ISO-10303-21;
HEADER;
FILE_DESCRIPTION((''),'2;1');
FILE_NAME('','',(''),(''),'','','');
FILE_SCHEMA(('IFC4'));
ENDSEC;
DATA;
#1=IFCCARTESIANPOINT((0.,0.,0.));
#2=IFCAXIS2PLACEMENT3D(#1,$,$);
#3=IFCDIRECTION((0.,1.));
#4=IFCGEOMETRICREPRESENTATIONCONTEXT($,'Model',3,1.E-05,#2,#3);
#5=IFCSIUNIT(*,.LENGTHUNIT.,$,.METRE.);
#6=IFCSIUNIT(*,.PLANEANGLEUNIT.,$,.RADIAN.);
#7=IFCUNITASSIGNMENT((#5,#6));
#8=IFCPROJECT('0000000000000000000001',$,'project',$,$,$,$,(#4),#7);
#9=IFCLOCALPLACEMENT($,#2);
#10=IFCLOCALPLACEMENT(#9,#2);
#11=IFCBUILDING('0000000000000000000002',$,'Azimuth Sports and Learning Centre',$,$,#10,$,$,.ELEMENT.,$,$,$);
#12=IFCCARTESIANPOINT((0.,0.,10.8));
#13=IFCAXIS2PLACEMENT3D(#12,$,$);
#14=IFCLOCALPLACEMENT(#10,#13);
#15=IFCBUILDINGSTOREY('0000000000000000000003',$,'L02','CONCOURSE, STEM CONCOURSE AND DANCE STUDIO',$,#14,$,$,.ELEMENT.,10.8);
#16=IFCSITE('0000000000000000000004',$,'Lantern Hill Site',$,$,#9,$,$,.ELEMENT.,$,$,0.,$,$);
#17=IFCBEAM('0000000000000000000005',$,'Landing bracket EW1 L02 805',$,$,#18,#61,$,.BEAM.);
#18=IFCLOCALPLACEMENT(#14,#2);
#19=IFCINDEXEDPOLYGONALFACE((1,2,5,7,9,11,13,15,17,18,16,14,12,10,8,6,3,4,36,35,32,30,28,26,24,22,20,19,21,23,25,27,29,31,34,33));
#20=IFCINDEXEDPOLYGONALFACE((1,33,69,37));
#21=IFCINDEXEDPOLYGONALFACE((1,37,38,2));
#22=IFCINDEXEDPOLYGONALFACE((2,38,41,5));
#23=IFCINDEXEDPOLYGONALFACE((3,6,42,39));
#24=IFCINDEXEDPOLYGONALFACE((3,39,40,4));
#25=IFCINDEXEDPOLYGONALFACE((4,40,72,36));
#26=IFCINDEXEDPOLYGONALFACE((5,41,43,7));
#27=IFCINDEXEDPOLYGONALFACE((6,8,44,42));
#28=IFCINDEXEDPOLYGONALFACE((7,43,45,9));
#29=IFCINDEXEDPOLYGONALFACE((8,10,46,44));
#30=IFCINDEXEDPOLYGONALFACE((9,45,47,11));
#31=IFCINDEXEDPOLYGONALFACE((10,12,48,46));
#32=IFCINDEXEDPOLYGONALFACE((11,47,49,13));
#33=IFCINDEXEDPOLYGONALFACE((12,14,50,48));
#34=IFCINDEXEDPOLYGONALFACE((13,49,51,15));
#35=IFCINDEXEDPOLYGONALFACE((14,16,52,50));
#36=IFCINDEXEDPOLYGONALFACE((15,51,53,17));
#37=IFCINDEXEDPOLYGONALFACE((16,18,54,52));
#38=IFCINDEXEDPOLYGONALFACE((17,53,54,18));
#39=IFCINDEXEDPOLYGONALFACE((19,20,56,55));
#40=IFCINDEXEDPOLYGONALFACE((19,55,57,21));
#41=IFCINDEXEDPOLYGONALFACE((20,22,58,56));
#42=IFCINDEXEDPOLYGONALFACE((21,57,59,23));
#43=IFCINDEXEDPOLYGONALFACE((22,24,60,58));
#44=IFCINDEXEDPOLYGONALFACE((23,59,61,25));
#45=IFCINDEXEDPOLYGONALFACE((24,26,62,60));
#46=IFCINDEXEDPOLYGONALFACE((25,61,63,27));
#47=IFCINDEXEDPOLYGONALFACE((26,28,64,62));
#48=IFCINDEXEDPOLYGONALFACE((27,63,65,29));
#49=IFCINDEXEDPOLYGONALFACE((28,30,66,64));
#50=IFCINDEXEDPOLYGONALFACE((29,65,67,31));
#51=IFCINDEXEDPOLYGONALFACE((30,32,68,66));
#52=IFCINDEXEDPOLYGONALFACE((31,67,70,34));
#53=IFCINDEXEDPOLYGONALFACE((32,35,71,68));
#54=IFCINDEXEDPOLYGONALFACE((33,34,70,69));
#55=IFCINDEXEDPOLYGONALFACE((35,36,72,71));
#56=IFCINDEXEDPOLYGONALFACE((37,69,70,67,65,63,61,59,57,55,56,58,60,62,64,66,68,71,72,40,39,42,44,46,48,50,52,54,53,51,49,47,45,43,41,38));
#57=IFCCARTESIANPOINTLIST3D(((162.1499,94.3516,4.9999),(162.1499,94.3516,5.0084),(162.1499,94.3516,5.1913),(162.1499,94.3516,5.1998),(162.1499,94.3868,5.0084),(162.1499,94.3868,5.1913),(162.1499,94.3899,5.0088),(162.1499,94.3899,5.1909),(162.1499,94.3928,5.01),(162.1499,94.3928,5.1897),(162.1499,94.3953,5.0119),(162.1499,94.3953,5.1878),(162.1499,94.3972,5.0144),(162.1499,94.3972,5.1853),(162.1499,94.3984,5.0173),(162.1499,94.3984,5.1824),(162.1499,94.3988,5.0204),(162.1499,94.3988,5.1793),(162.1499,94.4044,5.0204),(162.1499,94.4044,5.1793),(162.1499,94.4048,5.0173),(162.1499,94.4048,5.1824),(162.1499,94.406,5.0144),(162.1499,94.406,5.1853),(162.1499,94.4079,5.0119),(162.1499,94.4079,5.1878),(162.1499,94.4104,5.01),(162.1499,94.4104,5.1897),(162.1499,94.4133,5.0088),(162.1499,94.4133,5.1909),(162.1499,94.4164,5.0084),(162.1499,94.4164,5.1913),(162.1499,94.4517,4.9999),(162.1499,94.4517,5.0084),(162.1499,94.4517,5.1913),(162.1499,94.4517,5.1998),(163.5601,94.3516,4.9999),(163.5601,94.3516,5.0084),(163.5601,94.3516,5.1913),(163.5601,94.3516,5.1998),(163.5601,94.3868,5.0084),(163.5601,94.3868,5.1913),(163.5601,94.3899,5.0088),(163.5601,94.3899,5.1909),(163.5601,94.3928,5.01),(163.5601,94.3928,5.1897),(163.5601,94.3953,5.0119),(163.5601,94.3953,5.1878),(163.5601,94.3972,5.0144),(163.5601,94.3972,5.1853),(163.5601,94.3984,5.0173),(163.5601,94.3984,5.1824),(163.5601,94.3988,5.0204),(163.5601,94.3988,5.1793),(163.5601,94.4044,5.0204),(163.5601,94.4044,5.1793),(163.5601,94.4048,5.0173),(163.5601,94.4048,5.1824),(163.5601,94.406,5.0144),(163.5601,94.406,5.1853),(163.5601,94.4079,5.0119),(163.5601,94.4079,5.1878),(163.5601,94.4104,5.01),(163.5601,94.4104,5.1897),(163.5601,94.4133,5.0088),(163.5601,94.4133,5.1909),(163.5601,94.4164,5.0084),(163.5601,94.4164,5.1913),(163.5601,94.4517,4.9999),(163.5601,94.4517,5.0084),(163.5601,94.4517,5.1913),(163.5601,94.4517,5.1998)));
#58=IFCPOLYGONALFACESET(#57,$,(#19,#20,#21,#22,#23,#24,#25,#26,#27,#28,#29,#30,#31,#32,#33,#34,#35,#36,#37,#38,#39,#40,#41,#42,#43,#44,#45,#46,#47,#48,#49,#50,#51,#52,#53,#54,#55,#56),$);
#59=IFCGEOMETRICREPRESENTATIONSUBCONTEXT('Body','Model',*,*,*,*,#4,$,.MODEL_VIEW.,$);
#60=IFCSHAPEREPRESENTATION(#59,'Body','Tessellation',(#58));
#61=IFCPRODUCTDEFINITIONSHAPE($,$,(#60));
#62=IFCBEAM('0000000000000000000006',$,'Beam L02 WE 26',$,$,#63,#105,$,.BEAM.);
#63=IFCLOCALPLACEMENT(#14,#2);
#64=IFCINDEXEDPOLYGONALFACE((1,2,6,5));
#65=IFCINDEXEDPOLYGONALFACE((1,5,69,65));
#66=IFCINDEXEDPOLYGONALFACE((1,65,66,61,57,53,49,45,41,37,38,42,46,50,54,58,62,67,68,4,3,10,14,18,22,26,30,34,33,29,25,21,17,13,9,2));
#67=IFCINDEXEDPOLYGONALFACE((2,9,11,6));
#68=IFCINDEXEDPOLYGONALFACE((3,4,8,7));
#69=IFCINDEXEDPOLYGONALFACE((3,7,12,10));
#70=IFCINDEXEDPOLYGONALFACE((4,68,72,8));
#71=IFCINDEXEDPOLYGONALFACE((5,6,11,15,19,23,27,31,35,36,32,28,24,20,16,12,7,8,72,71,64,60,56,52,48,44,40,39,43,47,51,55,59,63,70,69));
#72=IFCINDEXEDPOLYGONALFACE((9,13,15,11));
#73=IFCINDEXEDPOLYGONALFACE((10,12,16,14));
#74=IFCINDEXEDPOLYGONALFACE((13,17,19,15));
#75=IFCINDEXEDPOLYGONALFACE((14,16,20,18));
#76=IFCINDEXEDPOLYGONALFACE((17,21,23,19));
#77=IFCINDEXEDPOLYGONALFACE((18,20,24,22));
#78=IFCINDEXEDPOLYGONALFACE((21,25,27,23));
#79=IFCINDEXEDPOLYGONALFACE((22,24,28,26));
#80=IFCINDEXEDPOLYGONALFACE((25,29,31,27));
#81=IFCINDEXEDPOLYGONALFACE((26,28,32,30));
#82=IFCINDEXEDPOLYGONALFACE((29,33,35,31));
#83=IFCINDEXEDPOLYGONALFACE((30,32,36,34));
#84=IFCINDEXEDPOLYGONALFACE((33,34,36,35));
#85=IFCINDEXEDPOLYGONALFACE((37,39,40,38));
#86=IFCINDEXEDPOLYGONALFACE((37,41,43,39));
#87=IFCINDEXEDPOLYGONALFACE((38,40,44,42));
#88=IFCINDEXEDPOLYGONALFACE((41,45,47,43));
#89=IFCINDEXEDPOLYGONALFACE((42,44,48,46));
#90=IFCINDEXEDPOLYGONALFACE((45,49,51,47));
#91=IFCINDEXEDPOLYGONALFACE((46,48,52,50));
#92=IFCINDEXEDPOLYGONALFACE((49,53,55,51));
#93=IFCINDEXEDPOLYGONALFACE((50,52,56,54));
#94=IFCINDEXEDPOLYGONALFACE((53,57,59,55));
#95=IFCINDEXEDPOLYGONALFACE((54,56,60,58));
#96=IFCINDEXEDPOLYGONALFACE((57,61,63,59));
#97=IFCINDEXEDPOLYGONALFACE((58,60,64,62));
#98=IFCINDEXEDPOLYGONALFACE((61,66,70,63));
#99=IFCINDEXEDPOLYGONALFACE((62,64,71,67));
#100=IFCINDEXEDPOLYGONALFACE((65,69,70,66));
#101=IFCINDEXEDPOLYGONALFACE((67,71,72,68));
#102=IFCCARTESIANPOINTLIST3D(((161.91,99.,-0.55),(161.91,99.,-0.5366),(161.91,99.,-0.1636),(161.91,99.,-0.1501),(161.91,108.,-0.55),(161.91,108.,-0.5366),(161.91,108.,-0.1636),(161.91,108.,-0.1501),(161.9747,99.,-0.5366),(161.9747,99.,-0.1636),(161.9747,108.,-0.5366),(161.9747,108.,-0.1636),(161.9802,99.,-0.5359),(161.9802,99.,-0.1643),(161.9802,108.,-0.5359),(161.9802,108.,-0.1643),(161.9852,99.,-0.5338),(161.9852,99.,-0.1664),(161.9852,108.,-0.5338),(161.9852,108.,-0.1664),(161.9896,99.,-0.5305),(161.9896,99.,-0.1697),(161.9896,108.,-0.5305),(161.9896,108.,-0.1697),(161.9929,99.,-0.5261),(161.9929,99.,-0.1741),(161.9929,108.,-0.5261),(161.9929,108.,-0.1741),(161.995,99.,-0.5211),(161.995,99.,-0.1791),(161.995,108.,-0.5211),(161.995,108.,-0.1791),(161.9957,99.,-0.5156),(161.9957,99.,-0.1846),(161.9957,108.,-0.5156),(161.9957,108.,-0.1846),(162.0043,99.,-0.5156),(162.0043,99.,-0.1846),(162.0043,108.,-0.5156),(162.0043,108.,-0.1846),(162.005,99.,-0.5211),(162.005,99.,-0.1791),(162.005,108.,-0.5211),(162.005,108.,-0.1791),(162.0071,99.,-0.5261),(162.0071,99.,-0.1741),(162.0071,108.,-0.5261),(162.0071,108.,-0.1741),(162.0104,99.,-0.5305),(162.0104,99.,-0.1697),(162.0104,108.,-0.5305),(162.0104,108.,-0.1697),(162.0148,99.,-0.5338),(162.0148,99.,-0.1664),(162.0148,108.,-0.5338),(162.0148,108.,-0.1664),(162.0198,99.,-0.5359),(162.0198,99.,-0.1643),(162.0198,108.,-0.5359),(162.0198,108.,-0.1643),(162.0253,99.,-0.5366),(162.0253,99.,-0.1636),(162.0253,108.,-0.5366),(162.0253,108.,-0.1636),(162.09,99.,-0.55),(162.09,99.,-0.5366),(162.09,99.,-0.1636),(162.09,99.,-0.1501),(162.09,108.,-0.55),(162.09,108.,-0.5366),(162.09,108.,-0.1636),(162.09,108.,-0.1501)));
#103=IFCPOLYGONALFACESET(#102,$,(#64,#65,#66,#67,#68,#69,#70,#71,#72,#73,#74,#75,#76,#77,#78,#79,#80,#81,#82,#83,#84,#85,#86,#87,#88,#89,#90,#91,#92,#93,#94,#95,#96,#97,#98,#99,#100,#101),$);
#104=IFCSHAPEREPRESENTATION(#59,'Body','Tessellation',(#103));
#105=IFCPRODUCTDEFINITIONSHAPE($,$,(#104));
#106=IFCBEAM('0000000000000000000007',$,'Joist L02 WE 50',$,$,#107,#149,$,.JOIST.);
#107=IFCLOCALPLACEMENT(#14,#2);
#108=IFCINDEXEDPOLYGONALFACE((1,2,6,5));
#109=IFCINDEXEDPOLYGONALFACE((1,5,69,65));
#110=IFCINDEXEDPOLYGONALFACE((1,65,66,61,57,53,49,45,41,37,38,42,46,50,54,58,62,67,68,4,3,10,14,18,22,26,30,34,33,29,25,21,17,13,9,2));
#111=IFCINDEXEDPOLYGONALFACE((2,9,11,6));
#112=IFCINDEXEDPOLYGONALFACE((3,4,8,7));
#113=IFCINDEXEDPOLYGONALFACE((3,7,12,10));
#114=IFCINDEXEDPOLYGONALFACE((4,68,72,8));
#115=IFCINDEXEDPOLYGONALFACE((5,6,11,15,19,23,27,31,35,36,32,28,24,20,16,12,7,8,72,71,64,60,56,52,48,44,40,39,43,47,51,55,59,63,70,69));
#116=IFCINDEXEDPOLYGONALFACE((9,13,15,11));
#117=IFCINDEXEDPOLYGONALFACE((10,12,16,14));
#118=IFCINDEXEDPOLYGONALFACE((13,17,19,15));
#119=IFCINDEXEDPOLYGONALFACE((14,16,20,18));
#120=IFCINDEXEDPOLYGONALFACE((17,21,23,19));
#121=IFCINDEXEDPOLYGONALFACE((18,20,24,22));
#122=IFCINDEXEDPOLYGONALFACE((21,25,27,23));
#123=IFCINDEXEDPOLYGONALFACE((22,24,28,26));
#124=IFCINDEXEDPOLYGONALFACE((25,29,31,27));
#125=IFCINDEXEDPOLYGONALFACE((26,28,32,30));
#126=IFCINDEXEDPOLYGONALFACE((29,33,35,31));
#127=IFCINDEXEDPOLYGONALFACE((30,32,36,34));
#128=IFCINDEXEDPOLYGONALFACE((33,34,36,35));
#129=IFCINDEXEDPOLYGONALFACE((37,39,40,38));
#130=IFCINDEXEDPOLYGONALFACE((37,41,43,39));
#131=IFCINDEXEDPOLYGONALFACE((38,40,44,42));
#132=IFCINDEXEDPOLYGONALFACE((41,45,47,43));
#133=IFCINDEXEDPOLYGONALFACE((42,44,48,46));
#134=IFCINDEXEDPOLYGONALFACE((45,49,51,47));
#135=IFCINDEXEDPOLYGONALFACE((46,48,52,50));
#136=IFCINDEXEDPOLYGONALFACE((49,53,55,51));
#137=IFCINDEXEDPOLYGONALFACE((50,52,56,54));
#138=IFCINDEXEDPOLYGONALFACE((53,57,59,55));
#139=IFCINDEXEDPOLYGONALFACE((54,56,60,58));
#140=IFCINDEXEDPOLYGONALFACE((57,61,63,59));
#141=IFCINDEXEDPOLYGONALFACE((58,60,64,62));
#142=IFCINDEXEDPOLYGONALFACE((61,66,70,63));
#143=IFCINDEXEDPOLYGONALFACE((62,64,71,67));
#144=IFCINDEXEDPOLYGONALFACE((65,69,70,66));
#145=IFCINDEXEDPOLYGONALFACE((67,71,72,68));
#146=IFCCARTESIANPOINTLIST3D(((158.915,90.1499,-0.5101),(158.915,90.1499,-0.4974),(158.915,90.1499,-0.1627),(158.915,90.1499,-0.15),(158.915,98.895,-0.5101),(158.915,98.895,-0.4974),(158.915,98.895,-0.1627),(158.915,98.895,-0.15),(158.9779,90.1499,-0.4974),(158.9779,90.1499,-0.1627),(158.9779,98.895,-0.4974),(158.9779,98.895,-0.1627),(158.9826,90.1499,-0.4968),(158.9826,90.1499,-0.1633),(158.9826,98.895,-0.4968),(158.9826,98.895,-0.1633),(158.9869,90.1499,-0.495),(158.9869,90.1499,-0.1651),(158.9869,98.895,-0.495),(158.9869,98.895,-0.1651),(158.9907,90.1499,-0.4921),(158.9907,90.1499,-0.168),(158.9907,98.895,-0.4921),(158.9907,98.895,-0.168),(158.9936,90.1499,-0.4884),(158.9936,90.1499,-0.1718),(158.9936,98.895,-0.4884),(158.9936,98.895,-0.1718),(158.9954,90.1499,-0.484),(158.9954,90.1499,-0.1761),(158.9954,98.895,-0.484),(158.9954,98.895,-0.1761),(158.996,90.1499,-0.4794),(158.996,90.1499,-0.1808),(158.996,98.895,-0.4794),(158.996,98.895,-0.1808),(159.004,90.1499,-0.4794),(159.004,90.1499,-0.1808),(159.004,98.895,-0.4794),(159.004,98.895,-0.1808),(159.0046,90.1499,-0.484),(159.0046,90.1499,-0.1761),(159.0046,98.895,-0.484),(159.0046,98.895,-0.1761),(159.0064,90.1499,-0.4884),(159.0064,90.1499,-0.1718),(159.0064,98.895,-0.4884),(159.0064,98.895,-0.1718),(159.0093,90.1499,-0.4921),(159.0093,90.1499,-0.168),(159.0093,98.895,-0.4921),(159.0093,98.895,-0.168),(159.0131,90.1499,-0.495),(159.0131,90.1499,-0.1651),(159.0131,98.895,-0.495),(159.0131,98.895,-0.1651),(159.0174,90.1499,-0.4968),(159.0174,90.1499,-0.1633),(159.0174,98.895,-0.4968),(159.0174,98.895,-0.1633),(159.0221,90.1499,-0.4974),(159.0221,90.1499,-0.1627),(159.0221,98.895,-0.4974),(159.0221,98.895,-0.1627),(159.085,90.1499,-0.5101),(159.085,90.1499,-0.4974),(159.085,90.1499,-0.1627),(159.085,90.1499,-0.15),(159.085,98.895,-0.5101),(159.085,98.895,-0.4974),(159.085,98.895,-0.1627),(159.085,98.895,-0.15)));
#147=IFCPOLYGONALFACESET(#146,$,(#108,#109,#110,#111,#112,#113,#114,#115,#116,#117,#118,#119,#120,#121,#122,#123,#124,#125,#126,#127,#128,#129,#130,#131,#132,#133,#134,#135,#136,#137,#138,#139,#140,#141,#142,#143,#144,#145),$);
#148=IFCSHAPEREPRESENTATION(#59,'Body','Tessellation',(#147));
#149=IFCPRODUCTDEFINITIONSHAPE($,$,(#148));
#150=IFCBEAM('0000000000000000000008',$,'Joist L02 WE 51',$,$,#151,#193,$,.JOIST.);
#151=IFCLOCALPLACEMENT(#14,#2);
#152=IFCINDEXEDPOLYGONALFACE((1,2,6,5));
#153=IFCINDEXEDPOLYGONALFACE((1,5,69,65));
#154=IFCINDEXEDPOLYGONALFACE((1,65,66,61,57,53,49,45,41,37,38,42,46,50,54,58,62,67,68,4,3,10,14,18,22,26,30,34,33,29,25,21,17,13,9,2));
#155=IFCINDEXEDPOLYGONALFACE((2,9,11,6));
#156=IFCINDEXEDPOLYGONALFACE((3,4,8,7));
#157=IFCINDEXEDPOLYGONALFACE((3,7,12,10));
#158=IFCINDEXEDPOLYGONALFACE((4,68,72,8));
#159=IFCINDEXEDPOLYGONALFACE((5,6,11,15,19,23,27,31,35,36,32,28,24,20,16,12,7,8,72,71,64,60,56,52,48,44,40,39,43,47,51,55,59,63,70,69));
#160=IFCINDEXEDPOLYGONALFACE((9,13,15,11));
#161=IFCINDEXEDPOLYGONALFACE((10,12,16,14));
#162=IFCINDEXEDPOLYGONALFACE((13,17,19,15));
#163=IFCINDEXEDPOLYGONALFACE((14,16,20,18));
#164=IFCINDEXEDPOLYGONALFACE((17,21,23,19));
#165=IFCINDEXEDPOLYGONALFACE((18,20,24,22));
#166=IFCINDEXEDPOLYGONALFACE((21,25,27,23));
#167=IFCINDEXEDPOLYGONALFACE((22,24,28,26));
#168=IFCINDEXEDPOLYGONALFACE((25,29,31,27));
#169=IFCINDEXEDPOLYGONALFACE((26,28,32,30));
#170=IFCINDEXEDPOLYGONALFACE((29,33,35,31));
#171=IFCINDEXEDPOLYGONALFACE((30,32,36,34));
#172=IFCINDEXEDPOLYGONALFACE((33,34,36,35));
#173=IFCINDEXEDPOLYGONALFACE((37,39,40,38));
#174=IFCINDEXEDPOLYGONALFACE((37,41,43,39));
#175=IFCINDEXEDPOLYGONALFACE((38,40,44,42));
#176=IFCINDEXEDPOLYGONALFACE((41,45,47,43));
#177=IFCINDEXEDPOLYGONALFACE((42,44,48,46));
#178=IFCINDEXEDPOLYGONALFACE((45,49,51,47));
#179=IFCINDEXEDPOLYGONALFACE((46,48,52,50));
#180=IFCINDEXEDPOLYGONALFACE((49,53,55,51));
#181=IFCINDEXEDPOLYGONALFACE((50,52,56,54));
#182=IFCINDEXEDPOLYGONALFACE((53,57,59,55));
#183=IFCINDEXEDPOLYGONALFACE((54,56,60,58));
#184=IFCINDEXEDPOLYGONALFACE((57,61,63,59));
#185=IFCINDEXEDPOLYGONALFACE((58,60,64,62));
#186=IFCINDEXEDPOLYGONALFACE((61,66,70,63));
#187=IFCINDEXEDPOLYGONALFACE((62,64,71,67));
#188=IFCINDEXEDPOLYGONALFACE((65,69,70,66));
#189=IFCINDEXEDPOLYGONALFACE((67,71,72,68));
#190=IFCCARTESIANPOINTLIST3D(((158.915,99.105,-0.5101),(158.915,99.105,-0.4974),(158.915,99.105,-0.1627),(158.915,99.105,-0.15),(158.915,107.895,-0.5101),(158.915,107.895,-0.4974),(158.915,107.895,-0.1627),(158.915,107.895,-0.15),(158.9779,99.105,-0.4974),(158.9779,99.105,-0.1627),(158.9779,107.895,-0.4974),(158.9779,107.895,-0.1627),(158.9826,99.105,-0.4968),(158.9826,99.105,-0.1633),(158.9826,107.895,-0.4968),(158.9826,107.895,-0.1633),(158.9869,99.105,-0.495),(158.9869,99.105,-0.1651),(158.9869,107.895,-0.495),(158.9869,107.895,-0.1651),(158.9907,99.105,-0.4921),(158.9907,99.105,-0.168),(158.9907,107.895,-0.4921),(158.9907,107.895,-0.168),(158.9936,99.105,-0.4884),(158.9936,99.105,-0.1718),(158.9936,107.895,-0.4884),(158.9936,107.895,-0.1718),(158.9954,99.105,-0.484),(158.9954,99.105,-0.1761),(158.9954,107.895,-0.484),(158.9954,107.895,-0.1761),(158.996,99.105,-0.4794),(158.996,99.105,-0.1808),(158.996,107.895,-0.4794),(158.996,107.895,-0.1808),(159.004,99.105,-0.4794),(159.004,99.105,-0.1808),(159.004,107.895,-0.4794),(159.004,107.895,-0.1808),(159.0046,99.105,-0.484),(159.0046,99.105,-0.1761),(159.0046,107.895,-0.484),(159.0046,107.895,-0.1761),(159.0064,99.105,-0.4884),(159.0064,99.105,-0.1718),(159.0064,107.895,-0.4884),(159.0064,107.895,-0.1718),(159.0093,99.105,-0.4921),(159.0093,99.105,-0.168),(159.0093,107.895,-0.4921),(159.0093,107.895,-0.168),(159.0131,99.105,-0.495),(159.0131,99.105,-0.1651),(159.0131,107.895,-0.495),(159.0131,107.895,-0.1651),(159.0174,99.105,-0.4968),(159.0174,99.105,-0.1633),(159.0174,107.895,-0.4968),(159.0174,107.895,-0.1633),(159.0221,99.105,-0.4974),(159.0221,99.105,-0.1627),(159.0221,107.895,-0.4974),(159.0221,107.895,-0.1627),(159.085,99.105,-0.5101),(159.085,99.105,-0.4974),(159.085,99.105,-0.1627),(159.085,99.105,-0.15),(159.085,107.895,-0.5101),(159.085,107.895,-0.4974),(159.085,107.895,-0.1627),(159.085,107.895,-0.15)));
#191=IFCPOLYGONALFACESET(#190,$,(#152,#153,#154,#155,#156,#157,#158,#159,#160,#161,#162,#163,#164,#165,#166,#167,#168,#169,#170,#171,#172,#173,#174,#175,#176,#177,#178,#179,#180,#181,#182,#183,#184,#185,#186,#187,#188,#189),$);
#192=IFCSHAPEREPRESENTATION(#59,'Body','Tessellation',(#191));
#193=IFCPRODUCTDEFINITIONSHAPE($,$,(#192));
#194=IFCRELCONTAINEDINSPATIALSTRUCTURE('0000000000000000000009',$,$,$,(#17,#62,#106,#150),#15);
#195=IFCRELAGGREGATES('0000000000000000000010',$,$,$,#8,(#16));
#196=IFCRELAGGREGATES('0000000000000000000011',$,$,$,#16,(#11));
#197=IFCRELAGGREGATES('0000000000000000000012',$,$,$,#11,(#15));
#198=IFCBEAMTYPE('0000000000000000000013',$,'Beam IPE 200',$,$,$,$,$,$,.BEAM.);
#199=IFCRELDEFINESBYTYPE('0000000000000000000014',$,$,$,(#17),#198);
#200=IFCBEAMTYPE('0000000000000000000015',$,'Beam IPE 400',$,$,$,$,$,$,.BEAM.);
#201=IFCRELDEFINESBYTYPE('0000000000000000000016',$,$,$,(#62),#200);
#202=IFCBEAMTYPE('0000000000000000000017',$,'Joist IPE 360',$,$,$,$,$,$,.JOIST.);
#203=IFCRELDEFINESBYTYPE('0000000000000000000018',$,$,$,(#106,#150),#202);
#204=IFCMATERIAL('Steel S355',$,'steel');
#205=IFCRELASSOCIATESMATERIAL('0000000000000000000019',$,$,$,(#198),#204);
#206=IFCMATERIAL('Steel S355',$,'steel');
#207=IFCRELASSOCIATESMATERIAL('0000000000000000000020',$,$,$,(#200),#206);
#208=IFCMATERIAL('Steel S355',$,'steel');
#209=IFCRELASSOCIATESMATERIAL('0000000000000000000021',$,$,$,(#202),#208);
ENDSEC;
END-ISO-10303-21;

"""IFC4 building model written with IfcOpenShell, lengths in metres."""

from ifc_helpers import new_model, si_unit, direction, frame, origin, origin_2d, place, context, subcontext, project, spatial, i_section, extrude, material, material_profile, profile_set, type_object, element, save


model = new_model("IFC4")

# Units and contexts
model_context = context("Model", 3, precision=1e-05, world=origin(), true_north=direction((0.0, 1.0)))
body_context = subcontext(model_context, "Body", "Model", "MODEL_VIEW")
ifc_project = project(units=[si_unit("LENGTHUNIT", "METRE"), si_unit("PLANEANGLEUNIT", "RADIAN")], contexts=[model_context])

# Site, building, storey
site_placement = place(None, origin())
site = spatial("IfcSite", under=ifc_project, at=site_placement, Name="Lantern Hill Site", CompositionType="ELEMENT", RefElevation=0.0)
building_placement = place(site_placement, origin())
building = spatial("IfcBuilding", under=site, at=building_placement, Name="Azimuth Sports and Learning Centre", CompositionType="ELEMENT")
storey_placement = place(building_placement, frame((0.0, 0.0, 10.8)))
storey = spatial("IfcBuildingStorey", under=building, at=storey_placement, Name="L02", Description="CONCOURSE, STEM CONCOURSE AND DANCE STUDIO", CompositionType="ELEMENT", Elevation=10.8)

# Beams
ifc_material_1 = material(Name="Steel S355", Category="steel")
ifc_material_profile_1 = material_profile(ifc_material_1, i_section(OverallWidth=0.1001, OverallDepth=0.2, WebThickness=0.0056, FlangeThickness=0.0085, FilletRadius=0.012, at=origin_2d()), Name="IPE 200")
ifc_profile_set_1 = profile_set([ifc_material_profile_1], Name="Steel S355")
beam_type_1 = type_object("IfcBeamType", Name="Beam IPE 200", PredefinedType="BEAM", material=ifc_profile_set_1)
for number, where, z_axis, x_axis, name in (
    (1, (162.1499, 94.4016, 5.0999), (1.0, 0.0, 0.0), (0.0, 1.0, 0.0), "Landing bracket EW1 L02 805"),
):
    element("IfcBeam", number, at=place(storey_placement, frame(where, z_axis=z_axis, x_axis=x_axis)), inside=storey, type_object=beam_type_1, Name=name, PredefinedType="BEAM", context=body_context, shape_type="SweptSolid", body=[
        extrude(i_section(OverallWidth=0.1001, OverallDepth=0.2, WebThickness=0.0056, FlangeThickness=0.0085, FilletRadius=0.012, at=origin_2d()), origin(), (0.0, 0.0, 1.0), 1.4102),
    ])
ifc_material_2 = material(Name="Steel S355", Category="steel")
ifc_material_profile_2 = material_profile(ifc_material_2, i_section(OverallWidth=0.1799, OverallDepth=0.3999, WebThickness=0.0085, FlangeThickness=0.0134, FilletRadius=0.021, at=origin_2d()), Name="IPE 400")
ifc_profile_set_2 = profile_set([ifc_material_profile_2], Name="Steel S355")
beam_type_2 = type_object("IfcBeamType", Name="Beam IPE 400", PredefinedType="BEAM", material=ifc_profile_set_2)
beam_1_placement = place(storey_placement, frame((162.0, 99.0, -0.3501), z_axis=(0.0, 1.0, 0.0), x_axis=(-1.0, 0.0, 0.0)))
element("IfcBeam", 2, at=beam_1_placement, inside=storey, type_object=beam_type_2, Name="Beam L02 WE 26", PredefinedType="BEAM", context=body_context, shape_type="SweptSolid", body=[
    extrude(i_section(OverallWidth=0.1799, OverallDepth=0.3999, WebThickness=0.0085, FlangeThickness=0.0134, FilletRadius=0.021, at=origin_2d()), origin(), (0.0, 0.0, 1.0), 9.0),
])
ifc_material_3 = material(Name="Steel S355", Category="steel")
ifc_material_profile_3 = material_profile(ifc_material_3, i_section(OverallWidth=0.1699, OverallDepth=0.3601, WebThickness=0.0081, FlangeThickness=0.0127, FilletRadius=0.0181, at=origin_2d()), Name="IPE 360")
ifc_profile_set_3 = profile_set([ifc_material_profile_3], Name="Steel S355")
beam_type_3 = type_object("IfcBeamType", Name="Joist IPE 360", PredefinedType="JOIST", material=ifc_profile_set_3)
beam_2_placement = place(storey_placement, frame((159.0, 90.1499, -0.3301), z_axis=(0.0, 1.0, 0.0), x_axis=(-1.0, 0.0, 0.0)))
element("IfcBeam", 3, at=beam_2_placement, inside=storey, type_object=beam_type_3, Name="Joist L02 WE 50", PredefinedType="JOIST", context=body_context, shape_type="SweptSolid", body=[
    extrude(i_section(OverallWidth=0.1699, OverallDepth=0.3601, WebThickness=0.0081, FlangeThickness=0.0127, FilletRadius=0.0181, at=origin_2d()), origin(), (0.0, 0.0, 1.0), 8.7451),
])
beam_3_placement = place(storey_placement, frame((159.0, 99.105, -0.3301), z_axis=(0.0, 1.0, 0.0), x_axis=(-1.0, 0.0, 0.0)))
element("IfcBeam", 4, at=beam_3_placement, inside=storey, type_object=beam_type_3, Name="Joist L02 WE 51", PredefinedType="JOIST", context=body_context, shape_type="SweptSolid", body=[
    extrude(i_section(OverallWidth=0.1699, OverallDepth=0.3601, WebThickness=0.0081, FlangeThickness=0.0127, FilletRadius=0.0181, at=origin_2d()), origin(), (0.0, 0.0, 1.0), 8.79),
])

save(model, "model.ifc")
